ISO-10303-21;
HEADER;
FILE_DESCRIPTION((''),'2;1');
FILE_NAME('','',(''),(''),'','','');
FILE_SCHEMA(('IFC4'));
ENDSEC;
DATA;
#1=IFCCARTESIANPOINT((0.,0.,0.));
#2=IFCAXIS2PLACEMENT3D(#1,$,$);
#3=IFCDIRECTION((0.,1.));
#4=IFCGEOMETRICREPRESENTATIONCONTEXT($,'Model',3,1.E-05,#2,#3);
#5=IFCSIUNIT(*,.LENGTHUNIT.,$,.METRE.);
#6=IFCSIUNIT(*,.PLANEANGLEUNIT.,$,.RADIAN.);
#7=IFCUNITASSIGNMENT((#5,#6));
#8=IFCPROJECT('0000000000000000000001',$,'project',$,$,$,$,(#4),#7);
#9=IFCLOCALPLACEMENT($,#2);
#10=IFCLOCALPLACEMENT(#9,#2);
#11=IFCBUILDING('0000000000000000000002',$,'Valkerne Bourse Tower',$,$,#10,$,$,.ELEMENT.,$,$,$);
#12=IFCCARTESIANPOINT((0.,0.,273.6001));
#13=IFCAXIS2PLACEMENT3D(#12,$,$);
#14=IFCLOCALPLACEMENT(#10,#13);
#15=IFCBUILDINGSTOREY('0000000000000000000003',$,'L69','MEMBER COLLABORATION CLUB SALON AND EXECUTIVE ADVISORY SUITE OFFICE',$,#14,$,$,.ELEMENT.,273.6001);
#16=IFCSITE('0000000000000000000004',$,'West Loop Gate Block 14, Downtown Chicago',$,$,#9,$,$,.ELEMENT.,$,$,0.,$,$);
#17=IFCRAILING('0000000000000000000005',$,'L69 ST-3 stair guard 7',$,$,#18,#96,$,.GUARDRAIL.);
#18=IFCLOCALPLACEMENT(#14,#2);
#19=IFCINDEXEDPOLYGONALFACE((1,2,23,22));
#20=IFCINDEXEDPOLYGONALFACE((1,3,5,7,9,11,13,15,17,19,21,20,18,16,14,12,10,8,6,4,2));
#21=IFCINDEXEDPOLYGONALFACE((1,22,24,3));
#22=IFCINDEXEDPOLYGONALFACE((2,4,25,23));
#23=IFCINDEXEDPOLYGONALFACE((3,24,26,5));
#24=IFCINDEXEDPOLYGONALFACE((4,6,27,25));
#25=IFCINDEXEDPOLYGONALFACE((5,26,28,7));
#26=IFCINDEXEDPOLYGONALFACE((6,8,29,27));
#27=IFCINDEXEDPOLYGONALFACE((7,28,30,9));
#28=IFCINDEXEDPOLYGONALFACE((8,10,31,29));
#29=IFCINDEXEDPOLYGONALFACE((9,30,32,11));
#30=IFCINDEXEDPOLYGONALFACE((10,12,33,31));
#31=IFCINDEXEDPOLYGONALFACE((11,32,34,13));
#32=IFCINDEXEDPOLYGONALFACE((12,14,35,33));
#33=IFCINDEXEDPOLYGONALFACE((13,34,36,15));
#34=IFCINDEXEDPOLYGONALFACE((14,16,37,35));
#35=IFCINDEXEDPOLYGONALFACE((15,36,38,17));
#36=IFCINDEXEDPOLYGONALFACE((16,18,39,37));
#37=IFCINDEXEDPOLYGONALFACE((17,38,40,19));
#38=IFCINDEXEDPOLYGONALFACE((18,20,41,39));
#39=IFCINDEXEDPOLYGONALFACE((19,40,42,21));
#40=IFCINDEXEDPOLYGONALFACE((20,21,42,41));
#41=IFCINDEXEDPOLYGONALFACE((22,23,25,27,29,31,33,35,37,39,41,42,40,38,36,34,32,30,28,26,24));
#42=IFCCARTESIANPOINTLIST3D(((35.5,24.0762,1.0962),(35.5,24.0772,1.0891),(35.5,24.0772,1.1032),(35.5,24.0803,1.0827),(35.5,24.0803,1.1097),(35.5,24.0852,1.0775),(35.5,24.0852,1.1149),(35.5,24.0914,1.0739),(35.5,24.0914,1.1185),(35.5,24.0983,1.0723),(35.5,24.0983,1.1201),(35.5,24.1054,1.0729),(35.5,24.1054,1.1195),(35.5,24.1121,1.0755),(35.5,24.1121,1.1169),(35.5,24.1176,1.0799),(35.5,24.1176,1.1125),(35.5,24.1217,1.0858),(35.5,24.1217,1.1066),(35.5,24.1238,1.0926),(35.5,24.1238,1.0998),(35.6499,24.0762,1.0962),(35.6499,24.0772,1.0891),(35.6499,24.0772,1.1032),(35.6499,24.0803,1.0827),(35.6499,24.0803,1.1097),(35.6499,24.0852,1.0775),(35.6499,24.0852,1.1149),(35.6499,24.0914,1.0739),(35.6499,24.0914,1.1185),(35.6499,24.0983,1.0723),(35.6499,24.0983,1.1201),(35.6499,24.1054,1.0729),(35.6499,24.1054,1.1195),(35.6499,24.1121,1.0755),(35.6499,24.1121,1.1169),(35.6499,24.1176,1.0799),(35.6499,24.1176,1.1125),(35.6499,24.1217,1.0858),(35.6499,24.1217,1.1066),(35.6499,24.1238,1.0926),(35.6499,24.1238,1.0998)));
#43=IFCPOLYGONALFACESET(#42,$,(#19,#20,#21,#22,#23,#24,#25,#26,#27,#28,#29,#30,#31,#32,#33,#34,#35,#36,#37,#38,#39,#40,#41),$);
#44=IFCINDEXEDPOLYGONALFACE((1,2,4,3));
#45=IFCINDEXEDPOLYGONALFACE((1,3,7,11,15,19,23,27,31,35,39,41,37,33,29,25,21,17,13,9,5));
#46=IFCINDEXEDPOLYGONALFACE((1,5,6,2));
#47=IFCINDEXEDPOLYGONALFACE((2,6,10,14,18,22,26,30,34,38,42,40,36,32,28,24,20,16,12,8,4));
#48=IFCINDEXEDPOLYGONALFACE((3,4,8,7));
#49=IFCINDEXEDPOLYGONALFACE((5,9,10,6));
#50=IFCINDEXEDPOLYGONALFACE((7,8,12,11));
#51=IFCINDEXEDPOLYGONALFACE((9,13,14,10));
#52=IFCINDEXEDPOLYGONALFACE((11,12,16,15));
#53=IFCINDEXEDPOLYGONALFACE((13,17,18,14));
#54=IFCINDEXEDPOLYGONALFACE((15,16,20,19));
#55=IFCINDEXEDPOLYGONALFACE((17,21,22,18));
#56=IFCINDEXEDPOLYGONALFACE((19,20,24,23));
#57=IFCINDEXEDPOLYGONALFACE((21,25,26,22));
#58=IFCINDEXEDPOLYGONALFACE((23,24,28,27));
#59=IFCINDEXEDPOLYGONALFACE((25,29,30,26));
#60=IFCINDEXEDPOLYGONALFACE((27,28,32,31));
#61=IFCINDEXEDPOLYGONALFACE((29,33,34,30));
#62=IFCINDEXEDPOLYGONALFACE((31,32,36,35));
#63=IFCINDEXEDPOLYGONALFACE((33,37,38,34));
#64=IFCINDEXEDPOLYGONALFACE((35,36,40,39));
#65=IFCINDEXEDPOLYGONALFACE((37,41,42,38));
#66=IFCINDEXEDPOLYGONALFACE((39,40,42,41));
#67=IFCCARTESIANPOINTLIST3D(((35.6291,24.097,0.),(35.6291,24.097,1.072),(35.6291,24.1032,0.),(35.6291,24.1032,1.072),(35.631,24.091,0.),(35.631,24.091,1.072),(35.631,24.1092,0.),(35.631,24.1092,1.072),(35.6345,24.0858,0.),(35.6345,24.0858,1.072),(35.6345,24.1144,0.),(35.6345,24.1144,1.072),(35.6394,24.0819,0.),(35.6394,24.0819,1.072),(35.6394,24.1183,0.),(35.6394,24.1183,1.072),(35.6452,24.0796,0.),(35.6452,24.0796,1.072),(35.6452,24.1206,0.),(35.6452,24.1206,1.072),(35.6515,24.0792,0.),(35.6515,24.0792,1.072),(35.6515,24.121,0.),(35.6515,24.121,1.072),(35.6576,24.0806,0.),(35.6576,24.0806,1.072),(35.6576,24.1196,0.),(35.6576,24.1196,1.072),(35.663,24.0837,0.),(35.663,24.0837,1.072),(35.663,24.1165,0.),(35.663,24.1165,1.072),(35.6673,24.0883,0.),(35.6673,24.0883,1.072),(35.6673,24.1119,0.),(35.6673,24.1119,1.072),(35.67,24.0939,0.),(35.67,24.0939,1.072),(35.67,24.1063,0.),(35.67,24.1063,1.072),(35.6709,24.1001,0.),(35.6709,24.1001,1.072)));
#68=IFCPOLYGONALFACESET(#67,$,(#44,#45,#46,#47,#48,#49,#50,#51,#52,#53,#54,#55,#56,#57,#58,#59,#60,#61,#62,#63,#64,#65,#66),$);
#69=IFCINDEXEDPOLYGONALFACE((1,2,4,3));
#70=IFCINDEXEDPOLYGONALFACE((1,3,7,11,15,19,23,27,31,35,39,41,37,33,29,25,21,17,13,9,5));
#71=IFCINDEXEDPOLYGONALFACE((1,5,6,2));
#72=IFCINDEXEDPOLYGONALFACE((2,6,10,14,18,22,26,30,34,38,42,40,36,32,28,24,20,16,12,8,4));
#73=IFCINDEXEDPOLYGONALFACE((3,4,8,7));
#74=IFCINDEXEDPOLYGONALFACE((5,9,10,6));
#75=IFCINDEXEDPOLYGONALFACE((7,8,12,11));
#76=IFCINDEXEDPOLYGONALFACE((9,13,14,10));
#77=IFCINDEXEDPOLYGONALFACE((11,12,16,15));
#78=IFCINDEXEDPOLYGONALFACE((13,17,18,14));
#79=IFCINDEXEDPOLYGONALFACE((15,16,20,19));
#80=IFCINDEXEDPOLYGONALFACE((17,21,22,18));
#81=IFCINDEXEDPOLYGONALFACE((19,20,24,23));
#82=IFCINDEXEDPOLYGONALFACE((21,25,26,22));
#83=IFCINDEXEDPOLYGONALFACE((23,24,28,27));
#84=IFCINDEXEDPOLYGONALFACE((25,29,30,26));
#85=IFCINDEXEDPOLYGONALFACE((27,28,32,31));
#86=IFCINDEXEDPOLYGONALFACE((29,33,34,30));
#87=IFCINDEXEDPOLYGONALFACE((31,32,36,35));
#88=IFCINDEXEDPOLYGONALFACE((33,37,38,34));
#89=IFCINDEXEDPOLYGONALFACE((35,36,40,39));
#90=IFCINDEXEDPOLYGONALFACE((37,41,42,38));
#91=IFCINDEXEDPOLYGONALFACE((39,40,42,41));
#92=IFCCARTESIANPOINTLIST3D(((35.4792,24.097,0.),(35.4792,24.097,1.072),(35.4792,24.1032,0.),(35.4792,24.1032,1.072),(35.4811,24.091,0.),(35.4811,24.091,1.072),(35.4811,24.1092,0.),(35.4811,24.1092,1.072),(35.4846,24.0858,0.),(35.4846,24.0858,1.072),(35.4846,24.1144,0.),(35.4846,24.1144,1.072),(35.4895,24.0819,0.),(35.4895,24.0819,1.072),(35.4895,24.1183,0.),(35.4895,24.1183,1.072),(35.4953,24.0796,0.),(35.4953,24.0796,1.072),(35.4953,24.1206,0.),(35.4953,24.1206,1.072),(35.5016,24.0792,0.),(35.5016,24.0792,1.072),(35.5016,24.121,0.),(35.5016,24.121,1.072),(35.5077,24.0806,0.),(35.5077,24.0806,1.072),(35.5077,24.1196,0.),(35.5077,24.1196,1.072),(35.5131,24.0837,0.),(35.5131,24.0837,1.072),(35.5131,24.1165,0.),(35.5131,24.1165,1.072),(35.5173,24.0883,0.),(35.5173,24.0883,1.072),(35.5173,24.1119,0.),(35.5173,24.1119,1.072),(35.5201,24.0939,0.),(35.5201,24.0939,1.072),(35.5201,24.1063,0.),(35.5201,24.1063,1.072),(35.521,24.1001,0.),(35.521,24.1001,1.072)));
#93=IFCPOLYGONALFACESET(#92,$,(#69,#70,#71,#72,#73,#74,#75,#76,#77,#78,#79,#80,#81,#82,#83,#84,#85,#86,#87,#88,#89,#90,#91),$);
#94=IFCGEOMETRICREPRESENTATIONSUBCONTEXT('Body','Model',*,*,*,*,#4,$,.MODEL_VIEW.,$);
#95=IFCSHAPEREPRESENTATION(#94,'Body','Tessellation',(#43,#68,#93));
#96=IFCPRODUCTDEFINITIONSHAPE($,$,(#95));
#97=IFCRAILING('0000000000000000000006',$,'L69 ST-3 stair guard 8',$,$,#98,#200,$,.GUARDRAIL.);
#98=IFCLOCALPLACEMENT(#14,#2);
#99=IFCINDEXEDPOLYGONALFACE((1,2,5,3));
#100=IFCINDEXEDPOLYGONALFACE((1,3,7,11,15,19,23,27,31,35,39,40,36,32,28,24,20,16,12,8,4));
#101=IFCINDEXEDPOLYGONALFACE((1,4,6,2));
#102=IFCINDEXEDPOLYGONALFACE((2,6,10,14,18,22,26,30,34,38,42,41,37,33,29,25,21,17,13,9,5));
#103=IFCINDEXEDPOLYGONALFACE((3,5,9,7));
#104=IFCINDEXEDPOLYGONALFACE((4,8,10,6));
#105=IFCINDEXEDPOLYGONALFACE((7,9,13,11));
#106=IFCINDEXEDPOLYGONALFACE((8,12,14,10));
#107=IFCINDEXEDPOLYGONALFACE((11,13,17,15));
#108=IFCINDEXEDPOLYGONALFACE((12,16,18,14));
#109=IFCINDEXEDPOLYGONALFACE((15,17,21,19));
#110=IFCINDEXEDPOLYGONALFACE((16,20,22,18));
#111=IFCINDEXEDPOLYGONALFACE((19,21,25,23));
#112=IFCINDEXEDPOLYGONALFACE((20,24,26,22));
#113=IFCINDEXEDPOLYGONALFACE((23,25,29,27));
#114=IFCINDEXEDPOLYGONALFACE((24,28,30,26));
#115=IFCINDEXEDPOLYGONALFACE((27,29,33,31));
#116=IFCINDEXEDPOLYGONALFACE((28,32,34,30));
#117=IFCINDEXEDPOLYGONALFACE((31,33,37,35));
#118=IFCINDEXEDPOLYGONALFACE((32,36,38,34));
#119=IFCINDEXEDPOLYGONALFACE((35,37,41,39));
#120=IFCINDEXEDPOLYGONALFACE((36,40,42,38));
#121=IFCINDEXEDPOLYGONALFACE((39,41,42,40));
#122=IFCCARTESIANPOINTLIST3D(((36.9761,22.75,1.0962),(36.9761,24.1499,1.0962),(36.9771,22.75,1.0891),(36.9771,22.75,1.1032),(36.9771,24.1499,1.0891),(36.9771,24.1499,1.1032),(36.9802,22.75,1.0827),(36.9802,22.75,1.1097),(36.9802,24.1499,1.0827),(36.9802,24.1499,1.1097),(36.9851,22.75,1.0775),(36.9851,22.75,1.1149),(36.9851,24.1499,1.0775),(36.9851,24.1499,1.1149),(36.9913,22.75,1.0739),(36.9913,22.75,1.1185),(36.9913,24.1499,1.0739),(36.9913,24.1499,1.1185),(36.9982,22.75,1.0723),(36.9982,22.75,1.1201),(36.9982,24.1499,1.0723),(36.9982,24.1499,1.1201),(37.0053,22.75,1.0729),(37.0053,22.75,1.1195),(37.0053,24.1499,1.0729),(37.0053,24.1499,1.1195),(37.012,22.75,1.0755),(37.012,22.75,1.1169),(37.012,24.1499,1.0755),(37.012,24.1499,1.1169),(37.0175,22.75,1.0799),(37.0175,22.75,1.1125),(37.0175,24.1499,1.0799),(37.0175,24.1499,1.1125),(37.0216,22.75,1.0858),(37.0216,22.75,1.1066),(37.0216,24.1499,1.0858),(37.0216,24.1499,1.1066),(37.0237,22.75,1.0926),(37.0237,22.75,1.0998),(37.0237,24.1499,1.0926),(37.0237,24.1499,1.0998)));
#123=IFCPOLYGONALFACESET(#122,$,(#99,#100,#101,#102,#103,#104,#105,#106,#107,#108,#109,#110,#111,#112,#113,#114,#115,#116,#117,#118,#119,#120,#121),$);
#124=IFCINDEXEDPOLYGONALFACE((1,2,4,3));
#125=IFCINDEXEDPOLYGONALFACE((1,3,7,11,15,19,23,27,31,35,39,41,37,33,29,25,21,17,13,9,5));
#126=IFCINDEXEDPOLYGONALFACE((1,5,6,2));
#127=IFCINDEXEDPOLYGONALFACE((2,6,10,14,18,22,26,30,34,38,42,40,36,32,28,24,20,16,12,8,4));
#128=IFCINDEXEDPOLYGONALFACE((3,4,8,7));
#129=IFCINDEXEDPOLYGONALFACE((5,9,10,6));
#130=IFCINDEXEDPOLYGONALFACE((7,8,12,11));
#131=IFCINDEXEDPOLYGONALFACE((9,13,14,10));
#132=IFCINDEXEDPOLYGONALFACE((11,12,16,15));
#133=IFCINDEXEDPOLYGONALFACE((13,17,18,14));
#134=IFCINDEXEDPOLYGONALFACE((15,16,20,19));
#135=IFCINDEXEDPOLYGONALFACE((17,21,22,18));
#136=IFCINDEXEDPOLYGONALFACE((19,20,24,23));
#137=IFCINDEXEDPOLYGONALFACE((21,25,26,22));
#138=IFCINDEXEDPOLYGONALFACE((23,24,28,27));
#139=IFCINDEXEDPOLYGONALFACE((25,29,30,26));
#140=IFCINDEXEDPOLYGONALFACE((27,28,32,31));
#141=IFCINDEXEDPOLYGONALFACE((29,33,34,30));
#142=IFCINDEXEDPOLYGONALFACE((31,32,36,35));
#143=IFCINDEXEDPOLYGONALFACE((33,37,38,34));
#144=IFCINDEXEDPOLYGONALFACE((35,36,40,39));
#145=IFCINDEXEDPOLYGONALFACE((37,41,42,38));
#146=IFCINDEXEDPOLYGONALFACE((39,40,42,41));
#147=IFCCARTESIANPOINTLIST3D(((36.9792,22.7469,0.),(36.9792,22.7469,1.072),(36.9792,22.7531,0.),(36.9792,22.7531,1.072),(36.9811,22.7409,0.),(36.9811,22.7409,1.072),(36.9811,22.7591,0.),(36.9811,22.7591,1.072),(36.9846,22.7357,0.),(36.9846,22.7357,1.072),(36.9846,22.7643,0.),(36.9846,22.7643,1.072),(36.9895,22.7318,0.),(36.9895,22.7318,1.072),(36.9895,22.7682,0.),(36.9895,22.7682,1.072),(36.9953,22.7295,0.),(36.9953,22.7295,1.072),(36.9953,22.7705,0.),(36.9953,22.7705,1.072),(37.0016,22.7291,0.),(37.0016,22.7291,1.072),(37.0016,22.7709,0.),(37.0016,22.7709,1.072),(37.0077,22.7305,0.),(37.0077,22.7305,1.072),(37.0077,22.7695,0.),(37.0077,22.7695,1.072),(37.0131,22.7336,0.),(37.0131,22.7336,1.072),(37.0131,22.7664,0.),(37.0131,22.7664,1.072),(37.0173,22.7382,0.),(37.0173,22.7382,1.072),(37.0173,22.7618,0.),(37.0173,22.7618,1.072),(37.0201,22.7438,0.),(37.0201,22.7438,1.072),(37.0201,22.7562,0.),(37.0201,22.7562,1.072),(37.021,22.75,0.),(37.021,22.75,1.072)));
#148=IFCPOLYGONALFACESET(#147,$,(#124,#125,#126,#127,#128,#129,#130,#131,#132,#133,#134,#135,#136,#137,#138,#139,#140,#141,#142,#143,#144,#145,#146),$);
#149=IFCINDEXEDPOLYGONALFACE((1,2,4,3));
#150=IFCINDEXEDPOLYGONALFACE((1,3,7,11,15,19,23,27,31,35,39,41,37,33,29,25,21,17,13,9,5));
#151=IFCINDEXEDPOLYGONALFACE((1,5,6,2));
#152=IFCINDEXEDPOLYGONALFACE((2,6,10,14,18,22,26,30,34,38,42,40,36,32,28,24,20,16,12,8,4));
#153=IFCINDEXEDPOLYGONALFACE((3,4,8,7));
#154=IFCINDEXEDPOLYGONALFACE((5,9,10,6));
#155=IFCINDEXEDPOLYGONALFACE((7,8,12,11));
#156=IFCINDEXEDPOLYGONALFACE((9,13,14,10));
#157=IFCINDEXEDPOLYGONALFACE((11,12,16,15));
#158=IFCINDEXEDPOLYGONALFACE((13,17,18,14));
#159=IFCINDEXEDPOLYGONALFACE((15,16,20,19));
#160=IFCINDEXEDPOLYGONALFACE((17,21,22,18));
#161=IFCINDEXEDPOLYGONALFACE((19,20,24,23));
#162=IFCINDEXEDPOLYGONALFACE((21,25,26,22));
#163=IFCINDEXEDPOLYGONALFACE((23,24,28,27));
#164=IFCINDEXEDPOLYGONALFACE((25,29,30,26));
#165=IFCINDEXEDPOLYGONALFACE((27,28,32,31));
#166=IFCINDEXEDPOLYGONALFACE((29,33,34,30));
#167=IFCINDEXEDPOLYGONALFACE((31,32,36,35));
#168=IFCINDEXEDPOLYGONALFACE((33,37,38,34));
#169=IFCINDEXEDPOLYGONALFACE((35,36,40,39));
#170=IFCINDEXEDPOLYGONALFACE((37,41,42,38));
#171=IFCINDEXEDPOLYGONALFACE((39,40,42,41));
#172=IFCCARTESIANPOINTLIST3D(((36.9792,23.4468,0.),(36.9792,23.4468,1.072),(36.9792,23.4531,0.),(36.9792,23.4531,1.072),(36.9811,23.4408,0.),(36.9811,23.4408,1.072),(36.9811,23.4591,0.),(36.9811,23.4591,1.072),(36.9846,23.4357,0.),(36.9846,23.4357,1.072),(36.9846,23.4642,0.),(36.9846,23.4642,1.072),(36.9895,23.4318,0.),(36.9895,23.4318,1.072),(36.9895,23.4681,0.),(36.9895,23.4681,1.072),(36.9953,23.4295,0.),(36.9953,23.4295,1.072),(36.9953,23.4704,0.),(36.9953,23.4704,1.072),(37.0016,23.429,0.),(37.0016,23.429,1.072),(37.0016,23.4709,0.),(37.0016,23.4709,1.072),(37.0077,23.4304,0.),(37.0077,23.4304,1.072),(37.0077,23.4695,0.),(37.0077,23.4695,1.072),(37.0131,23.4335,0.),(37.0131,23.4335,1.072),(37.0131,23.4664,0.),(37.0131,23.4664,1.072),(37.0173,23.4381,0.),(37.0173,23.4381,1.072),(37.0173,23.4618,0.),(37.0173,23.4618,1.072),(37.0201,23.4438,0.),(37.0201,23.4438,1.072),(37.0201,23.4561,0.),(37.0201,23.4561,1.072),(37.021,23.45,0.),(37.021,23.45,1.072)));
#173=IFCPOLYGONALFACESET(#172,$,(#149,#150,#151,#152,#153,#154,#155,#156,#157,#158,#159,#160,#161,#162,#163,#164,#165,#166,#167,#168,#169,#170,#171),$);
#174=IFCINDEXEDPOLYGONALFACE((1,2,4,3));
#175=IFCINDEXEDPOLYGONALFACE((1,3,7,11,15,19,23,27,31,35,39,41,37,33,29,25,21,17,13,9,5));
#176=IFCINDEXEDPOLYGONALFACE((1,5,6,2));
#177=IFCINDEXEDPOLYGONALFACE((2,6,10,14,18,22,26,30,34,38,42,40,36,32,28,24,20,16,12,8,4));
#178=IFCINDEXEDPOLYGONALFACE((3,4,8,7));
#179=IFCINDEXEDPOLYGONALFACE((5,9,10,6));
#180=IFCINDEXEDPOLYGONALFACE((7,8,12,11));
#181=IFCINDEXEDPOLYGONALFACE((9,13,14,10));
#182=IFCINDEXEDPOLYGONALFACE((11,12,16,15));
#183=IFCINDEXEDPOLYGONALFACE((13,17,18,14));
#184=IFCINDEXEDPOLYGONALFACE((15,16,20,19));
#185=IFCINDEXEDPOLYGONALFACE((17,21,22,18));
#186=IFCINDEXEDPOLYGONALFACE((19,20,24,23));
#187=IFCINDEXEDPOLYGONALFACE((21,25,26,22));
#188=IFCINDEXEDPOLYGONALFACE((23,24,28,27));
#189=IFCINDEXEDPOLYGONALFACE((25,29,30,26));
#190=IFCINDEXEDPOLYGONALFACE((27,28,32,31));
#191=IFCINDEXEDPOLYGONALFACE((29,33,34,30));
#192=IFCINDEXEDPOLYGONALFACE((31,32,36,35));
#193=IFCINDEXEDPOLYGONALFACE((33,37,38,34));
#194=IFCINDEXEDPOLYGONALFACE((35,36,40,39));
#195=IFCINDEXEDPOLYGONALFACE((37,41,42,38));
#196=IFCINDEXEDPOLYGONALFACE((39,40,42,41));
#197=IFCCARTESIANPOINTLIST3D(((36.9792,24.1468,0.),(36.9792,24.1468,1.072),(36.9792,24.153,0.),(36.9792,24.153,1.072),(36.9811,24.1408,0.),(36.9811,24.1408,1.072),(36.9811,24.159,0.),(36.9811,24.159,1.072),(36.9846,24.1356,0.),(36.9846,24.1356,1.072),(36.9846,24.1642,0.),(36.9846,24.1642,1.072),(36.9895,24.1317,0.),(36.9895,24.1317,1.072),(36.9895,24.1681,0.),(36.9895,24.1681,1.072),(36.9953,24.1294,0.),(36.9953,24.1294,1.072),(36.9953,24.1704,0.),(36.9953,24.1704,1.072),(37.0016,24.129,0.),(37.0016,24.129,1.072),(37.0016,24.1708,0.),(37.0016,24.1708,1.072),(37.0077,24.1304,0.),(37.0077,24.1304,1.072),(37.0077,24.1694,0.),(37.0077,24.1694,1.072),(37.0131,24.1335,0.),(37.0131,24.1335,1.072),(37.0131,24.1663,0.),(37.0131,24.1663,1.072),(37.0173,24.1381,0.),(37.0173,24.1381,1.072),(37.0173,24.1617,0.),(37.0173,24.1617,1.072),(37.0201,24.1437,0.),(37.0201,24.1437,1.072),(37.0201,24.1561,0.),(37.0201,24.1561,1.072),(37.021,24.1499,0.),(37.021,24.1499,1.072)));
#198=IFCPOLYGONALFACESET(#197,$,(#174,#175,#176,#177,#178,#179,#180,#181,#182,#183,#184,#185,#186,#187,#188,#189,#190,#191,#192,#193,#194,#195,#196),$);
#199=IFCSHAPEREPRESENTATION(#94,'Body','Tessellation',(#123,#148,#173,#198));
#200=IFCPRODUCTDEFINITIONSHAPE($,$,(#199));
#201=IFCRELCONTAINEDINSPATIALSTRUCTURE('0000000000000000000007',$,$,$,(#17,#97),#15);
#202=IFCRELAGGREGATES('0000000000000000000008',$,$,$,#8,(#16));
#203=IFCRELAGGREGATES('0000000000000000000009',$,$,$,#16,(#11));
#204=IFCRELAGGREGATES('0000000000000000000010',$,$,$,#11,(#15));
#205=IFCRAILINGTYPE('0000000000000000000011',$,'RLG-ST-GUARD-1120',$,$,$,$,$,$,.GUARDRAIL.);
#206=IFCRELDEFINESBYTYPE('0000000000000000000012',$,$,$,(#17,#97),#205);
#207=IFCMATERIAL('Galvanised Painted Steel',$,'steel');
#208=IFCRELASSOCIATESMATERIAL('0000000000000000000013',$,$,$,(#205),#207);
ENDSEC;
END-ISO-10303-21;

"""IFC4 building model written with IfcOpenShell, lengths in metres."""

from ifc_helpers import new_model, si_unit, direction, frame, origin, origin_2d, place, context, subcontext, project, spatial, circle, extrude, material, type_object, element, save


model = new_model("IFC4")

# Units and contexts
model_context = context("Model", 3, precision=1e-05, world=origin(), true_north=direction((0.0, 1.0)))
body_context = subcontext(model_context, "Body", "Model", "MODEL_VIEW")
ifc_project = project(units=[si_unit("LENGTHUNIT", "METRE"), si_unit("PLANEANGLEUNIT", "RADIAN")], contexts=[model_context])

# Site, building, storey
site_placement = place(None, origin())
site = spatial("IfcSite", under=ifc_project, at=site_placement, Name="West Loop Gate Block 14, Downtown Chicago", CompositionType="ELEMENT", RefElevation=0.0)
building_placement = place(site_placement, origin())
building = spatial("IfcBuilding", under=site, at=building_placement, Name="Valkerne Bourse Tower", CompositionType="ELEMENT")
storey_placement = place(building_placement, frame((0.0, 0.0, 273.6001)))
storey = spatial("IfcBuildingStorey", under=building, at=storey_placement, Name="L69", Description="MEMBER COLLABORATION CLUB SALON AND EXECUTIVE ADVISORY SUITE OFFICE", CompositionType="ELEMENT", Elevation=273.6001)

# Railings
ifc_material_1 = material(Name="Galvanised Painted Steel", Category="steel")
railing_type_1 = type_object("IfcRailingType", Name="RLG-ST-GUARD-1120", PredefinedType="GUARDRAIL", material=ifc_material_1)
railing_1_placement = place(storey_placement, frame((35.6499, 24.1001, 0.0)))
element("IfcRailing", 1, at=railing_1_placement, inside=storey, type_object=railing_type_1, Name="L69 ST-3 stair guard 7", PredefinedType="GUARDRAIL", context=body_context, shape_type="SweptSolid", body=[
    extrude(circle(Radius=0.0239, at=origin_2d()), frame((0.0, 0.0, 1.0962), z_axis=(-1.0, 0.0, 0.0), x_axis=(0.0, -1.0, 0.0)), (0.0, 0.0, 1.0), 0.1499),
    extrude(circle(Radius=0.021, at=origin_2d()), origin(), (0.0, 0.0, 1.0), 1.072),
    extrude(circle(Radius=0.021, at=origin_2d()), frame((-0.1499, 0.0, 0.0)), (0.0, 0.0, 1.0), 1.072),
])
railing_2_placement = place(storey_placement, frame((37.0, 22.75, 0.0)))
element("IfcRailing", 2, at=railing_2_placement, inside=storey, type_object=railing_type_1, Name="L69 ST-3 stair guard 8", PredefinedType="GUARDRAIL", context=body_context, shape_type="SweptSolid", body=[
    extrude(circle(Radius=0.0239, at=origin_2d()), frame((0.0, 0.0, 1.0962), z_axis=(0.0, 1.0, 0.0), x_axis=(-1.0, 0.0, 0.0)), (0.0, 0.0, 1.0), 1.3999),
    extrude(circle(Radius=0.021, at=origin_2d()), origin(), (0.0, 0.0, 1.0), 1.072),
    extrude(circle(Radius=0.021, at=origin_2d()), frame((0.0, 0.7, 0.0)), (0.0, 0.0, 1.0), 1.072),
    extrude(circle(Radius=0.021, at=origin_2d()), frame((0.0, 1.3999, 0.0)), (0.0, 0.0, 1.0), 1.072),
])

save(model, "model.ifc")
